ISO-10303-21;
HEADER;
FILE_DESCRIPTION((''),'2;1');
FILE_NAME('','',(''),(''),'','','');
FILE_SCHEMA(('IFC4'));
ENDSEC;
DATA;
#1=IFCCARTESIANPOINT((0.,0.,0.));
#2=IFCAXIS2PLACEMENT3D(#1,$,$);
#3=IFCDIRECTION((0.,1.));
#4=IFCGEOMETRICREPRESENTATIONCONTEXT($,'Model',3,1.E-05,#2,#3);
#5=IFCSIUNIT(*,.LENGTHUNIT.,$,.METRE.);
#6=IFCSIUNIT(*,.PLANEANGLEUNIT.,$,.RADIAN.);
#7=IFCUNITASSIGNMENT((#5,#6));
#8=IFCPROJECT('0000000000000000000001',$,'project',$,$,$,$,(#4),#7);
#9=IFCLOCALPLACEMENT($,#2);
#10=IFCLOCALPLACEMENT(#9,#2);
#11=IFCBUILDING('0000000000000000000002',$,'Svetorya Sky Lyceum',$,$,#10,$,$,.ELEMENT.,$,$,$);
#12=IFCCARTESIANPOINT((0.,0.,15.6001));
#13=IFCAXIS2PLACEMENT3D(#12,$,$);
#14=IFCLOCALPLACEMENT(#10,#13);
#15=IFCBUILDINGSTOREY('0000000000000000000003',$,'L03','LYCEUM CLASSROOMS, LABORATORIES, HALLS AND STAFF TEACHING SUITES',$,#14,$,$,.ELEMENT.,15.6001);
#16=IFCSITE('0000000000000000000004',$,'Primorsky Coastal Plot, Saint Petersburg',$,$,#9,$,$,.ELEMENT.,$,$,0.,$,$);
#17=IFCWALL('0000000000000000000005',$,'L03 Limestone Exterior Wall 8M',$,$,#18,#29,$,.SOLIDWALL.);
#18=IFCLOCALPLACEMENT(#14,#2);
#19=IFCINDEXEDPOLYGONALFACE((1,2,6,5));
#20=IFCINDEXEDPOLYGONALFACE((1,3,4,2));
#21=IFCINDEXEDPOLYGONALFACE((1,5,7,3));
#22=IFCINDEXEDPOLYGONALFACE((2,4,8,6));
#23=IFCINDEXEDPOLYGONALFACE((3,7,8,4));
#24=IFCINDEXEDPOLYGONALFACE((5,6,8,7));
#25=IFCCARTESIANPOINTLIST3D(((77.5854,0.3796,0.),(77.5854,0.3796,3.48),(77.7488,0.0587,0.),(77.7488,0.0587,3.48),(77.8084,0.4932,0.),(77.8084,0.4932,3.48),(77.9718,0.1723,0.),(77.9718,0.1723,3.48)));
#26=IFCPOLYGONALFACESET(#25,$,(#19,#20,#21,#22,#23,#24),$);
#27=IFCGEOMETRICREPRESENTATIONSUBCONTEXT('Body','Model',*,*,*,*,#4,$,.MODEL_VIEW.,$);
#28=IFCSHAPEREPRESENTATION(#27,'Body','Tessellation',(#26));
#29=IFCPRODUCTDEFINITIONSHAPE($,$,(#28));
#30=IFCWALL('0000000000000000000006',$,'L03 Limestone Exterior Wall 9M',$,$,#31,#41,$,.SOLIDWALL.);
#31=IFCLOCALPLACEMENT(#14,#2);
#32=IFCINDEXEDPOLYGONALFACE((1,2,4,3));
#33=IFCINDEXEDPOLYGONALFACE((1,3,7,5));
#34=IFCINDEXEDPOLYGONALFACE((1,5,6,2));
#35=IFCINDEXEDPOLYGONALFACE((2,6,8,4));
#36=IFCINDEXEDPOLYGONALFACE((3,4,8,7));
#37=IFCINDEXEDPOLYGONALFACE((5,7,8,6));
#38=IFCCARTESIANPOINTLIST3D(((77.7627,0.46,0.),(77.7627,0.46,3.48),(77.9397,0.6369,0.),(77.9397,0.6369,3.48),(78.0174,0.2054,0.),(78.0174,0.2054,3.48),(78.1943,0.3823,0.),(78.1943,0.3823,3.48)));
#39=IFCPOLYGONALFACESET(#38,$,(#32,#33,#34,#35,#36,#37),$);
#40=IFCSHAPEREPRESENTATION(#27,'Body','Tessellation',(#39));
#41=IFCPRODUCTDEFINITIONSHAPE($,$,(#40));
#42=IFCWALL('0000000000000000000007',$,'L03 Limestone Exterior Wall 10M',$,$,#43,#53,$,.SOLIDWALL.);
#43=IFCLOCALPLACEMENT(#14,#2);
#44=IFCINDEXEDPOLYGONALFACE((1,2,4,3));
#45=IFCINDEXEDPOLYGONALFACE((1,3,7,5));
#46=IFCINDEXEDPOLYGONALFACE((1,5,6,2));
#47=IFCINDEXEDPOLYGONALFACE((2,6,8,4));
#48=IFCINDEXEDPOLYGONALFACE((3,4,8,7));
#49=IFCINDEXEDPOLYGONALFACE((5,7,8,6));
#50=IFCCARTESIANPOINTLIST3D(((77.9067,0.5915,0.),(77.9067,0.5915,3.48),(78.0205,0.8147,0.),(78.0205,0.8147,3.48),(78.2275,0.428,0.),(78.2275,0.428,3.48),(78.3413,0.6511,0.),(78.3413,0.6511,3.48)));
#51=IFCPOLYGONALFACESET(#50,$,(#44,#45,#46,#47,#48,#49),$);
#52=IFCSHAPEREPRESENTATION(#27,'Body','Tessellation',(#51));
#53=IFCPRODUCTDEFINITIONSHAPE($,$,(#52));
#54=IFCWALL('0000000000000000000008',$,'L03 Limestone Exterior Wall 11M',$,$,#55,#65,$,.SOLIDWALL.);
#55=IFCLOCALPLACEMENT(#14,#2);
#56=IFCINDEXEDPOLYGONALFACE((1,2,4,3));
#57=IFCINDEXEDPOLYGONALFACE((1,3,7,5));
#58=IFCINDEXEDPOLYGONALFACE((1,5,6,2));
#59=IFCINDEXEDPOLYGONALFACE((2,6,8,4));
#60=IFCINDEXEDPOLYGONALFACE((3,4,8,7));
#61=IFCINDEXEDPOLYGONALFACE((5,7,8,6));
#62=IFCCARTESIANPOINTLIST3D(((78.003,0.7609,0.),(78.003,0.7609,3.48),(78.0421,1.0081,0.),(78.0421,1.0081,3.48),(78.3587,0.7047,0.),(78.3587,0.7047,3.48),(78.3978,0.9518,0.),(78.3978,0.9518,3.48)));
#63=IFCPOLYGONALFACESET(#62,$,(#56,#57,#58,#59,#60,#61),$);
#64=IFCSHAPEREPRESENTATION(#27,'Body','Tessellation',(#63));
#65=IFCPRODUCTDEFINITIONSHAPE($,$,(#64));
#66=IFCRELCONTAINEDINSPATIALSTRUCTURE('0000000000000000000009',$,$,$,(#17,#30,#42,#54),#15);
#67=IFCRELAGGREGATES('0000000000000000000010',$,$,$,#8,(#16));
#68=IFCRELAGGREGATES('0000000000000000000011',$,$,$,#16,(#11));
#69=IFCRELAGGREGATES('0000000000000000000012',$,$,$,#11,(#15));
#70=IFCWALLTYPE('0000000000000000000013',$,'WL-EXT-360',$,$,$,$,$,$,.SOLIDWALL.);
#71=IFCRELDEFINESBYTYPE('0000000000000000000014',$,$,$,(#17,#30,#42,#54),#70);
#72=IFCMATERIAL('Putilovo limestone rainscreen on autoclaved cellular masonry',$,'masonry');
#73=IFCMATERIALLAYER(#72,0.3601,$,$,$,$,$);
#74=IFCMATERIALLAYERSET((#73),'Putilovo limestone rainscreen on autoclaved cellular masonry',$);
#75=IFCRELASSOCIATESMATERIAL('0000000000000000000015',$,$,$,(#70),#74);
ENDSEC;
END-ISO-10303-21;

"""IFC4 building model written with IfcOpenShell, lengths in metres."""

from ifc_helpers import new_model, si_unit, direction, frame, frame_2d, origin, place, context, subcontext, project, spatial, rectangle, extrude, material, layer, layer_set, type_object, element, save


model = new_model("IFC4")

# Units and contexts
model_context = context("Model", 3, precision=1e-05, world=origin(), true_north=direction((0.0, 1.0)))
body_context = subcontext(model_context, "Body", "Model", "MODEL_VIEW")
ifc_project = project(units=[si_unit("LENGTHUNIT", "METRE"), si_unit("PLANEANGLEUNIT", "RADIAN")], contexts=[model_context])

# Site, building, storey
site_placement = place(None, origin())
site = spatial("IfcSite", under=ifc_project, at=site_placement, Name="Primorsky Coastal Plot, Saint Petersburg", CompositionType="ELEMENT", RefElevation=0.0)
building_placement = place(site_placement, origin())
building = spatial("IfcBuilding", under=site, at=building_placement, Name="Svetorya Sky Lyceum", CompositionType="ELEMENT")
storey_placement = place(building_placement, frame((0.0, 0.0, 15.6001)))
storey = spatial("IfcBuildingStorey", under=building, at=storey_placement, Name="L03", Description="LYCEUM CLASSROOMS, LABORATORIES, HALLS AND STAFF TEACHING SUITES", CompositionType="ELEMENT", Elevation=15.6001)

# Walls
ifc_material_1 = material(Name="Putilovo limestone rainscreen on autoclaved cellular masonry", Category="masonry")
ifc_layer_1 = layer(ifc_material_1, 0.3601)
ifc_layer_set_1 = layer_set([ifc_layer_1], Name="Putilovo limestone rainscreen on autoclaved cellular masonry")
wall_type_1 = type_object("IfcWallType", Name="WL-EXT-360", PredefinedType="SOLIDWALL", material=ifc_layer_set_1)
for number, where, z_axis, x_axis, name in (
    (1, (77.6672, 0.2192, 0.0), (0.0, 0.0, 1.0), (0.891084, 0.453838, 0.0), "L03 Limestone Exterior Wall 8M"),
    (2, (77.8901, 0.3328, 0.0), (0.0, 0.0, 1.0), (0.707107, 0.707107, 0.0), "L03 Limestone Exterior Wall 9M"),
):
    element("IfcWall", number, at=place(storey_placement, frame(where, z_axis=z_axis, x_axis=x_axis)), inside=storey, type_object=wall_type_1, Name=name, PredefinedType="SOLIDWALL", context=body_context, shape_type="SweptSolid", body=[
        extrude(rectangle(XDim=0.2502, YDim=0.3601, at=frame_2d((0.125, 0.0))), origin(), (0.0, 0.0, 1.0), 3.48),
    ])
wall_1_placement = place(storey_placement, frame((78.0671, 0.5098, 0.0), z_axis=(0.0, 0.0, 1.0), x_axis=(0.454218, 0.890891, 0.0)))
element("IfcWall", 3, at=wall_1_placement, inside=storey, type_object=wall_type_1, Name="L03 Limestone Exterior Wall 10M", PredefinedType="SOLIDWALL", context=body_context, shape_type="SweptSolid", body=[
    extrude(rectangle(XDim=0.2505, YDim=0.3601, at=frame_2d((0.1252, 0.0))), origin(), (0.0, 0.0, 1.0), 3.48),
])
wall_2_placement = place(storey_placement, frame((78.1809, 0.7329, 0.0), z_axis=(0.0, 0.0, 1.0), x_axis=(0.156163, 0.987731, 0.0)))
element("IfcWall", 4, at=wall_2_placement, inside=storey, type_object=wall_type_1, Name="L03 Limestone Exterior Wall 11M", PredefinedType="SOLIDWALL", context=body_context, shape_type="SweptSolid", body=[
    extrude(rectangle(XDim=0.2502, YDim=0.3601, at=frame_2d((0.125, 0.0))), origin(), (0.0, 0.0, 1.0), 3.48),
])

save(model, "model.ifc")
